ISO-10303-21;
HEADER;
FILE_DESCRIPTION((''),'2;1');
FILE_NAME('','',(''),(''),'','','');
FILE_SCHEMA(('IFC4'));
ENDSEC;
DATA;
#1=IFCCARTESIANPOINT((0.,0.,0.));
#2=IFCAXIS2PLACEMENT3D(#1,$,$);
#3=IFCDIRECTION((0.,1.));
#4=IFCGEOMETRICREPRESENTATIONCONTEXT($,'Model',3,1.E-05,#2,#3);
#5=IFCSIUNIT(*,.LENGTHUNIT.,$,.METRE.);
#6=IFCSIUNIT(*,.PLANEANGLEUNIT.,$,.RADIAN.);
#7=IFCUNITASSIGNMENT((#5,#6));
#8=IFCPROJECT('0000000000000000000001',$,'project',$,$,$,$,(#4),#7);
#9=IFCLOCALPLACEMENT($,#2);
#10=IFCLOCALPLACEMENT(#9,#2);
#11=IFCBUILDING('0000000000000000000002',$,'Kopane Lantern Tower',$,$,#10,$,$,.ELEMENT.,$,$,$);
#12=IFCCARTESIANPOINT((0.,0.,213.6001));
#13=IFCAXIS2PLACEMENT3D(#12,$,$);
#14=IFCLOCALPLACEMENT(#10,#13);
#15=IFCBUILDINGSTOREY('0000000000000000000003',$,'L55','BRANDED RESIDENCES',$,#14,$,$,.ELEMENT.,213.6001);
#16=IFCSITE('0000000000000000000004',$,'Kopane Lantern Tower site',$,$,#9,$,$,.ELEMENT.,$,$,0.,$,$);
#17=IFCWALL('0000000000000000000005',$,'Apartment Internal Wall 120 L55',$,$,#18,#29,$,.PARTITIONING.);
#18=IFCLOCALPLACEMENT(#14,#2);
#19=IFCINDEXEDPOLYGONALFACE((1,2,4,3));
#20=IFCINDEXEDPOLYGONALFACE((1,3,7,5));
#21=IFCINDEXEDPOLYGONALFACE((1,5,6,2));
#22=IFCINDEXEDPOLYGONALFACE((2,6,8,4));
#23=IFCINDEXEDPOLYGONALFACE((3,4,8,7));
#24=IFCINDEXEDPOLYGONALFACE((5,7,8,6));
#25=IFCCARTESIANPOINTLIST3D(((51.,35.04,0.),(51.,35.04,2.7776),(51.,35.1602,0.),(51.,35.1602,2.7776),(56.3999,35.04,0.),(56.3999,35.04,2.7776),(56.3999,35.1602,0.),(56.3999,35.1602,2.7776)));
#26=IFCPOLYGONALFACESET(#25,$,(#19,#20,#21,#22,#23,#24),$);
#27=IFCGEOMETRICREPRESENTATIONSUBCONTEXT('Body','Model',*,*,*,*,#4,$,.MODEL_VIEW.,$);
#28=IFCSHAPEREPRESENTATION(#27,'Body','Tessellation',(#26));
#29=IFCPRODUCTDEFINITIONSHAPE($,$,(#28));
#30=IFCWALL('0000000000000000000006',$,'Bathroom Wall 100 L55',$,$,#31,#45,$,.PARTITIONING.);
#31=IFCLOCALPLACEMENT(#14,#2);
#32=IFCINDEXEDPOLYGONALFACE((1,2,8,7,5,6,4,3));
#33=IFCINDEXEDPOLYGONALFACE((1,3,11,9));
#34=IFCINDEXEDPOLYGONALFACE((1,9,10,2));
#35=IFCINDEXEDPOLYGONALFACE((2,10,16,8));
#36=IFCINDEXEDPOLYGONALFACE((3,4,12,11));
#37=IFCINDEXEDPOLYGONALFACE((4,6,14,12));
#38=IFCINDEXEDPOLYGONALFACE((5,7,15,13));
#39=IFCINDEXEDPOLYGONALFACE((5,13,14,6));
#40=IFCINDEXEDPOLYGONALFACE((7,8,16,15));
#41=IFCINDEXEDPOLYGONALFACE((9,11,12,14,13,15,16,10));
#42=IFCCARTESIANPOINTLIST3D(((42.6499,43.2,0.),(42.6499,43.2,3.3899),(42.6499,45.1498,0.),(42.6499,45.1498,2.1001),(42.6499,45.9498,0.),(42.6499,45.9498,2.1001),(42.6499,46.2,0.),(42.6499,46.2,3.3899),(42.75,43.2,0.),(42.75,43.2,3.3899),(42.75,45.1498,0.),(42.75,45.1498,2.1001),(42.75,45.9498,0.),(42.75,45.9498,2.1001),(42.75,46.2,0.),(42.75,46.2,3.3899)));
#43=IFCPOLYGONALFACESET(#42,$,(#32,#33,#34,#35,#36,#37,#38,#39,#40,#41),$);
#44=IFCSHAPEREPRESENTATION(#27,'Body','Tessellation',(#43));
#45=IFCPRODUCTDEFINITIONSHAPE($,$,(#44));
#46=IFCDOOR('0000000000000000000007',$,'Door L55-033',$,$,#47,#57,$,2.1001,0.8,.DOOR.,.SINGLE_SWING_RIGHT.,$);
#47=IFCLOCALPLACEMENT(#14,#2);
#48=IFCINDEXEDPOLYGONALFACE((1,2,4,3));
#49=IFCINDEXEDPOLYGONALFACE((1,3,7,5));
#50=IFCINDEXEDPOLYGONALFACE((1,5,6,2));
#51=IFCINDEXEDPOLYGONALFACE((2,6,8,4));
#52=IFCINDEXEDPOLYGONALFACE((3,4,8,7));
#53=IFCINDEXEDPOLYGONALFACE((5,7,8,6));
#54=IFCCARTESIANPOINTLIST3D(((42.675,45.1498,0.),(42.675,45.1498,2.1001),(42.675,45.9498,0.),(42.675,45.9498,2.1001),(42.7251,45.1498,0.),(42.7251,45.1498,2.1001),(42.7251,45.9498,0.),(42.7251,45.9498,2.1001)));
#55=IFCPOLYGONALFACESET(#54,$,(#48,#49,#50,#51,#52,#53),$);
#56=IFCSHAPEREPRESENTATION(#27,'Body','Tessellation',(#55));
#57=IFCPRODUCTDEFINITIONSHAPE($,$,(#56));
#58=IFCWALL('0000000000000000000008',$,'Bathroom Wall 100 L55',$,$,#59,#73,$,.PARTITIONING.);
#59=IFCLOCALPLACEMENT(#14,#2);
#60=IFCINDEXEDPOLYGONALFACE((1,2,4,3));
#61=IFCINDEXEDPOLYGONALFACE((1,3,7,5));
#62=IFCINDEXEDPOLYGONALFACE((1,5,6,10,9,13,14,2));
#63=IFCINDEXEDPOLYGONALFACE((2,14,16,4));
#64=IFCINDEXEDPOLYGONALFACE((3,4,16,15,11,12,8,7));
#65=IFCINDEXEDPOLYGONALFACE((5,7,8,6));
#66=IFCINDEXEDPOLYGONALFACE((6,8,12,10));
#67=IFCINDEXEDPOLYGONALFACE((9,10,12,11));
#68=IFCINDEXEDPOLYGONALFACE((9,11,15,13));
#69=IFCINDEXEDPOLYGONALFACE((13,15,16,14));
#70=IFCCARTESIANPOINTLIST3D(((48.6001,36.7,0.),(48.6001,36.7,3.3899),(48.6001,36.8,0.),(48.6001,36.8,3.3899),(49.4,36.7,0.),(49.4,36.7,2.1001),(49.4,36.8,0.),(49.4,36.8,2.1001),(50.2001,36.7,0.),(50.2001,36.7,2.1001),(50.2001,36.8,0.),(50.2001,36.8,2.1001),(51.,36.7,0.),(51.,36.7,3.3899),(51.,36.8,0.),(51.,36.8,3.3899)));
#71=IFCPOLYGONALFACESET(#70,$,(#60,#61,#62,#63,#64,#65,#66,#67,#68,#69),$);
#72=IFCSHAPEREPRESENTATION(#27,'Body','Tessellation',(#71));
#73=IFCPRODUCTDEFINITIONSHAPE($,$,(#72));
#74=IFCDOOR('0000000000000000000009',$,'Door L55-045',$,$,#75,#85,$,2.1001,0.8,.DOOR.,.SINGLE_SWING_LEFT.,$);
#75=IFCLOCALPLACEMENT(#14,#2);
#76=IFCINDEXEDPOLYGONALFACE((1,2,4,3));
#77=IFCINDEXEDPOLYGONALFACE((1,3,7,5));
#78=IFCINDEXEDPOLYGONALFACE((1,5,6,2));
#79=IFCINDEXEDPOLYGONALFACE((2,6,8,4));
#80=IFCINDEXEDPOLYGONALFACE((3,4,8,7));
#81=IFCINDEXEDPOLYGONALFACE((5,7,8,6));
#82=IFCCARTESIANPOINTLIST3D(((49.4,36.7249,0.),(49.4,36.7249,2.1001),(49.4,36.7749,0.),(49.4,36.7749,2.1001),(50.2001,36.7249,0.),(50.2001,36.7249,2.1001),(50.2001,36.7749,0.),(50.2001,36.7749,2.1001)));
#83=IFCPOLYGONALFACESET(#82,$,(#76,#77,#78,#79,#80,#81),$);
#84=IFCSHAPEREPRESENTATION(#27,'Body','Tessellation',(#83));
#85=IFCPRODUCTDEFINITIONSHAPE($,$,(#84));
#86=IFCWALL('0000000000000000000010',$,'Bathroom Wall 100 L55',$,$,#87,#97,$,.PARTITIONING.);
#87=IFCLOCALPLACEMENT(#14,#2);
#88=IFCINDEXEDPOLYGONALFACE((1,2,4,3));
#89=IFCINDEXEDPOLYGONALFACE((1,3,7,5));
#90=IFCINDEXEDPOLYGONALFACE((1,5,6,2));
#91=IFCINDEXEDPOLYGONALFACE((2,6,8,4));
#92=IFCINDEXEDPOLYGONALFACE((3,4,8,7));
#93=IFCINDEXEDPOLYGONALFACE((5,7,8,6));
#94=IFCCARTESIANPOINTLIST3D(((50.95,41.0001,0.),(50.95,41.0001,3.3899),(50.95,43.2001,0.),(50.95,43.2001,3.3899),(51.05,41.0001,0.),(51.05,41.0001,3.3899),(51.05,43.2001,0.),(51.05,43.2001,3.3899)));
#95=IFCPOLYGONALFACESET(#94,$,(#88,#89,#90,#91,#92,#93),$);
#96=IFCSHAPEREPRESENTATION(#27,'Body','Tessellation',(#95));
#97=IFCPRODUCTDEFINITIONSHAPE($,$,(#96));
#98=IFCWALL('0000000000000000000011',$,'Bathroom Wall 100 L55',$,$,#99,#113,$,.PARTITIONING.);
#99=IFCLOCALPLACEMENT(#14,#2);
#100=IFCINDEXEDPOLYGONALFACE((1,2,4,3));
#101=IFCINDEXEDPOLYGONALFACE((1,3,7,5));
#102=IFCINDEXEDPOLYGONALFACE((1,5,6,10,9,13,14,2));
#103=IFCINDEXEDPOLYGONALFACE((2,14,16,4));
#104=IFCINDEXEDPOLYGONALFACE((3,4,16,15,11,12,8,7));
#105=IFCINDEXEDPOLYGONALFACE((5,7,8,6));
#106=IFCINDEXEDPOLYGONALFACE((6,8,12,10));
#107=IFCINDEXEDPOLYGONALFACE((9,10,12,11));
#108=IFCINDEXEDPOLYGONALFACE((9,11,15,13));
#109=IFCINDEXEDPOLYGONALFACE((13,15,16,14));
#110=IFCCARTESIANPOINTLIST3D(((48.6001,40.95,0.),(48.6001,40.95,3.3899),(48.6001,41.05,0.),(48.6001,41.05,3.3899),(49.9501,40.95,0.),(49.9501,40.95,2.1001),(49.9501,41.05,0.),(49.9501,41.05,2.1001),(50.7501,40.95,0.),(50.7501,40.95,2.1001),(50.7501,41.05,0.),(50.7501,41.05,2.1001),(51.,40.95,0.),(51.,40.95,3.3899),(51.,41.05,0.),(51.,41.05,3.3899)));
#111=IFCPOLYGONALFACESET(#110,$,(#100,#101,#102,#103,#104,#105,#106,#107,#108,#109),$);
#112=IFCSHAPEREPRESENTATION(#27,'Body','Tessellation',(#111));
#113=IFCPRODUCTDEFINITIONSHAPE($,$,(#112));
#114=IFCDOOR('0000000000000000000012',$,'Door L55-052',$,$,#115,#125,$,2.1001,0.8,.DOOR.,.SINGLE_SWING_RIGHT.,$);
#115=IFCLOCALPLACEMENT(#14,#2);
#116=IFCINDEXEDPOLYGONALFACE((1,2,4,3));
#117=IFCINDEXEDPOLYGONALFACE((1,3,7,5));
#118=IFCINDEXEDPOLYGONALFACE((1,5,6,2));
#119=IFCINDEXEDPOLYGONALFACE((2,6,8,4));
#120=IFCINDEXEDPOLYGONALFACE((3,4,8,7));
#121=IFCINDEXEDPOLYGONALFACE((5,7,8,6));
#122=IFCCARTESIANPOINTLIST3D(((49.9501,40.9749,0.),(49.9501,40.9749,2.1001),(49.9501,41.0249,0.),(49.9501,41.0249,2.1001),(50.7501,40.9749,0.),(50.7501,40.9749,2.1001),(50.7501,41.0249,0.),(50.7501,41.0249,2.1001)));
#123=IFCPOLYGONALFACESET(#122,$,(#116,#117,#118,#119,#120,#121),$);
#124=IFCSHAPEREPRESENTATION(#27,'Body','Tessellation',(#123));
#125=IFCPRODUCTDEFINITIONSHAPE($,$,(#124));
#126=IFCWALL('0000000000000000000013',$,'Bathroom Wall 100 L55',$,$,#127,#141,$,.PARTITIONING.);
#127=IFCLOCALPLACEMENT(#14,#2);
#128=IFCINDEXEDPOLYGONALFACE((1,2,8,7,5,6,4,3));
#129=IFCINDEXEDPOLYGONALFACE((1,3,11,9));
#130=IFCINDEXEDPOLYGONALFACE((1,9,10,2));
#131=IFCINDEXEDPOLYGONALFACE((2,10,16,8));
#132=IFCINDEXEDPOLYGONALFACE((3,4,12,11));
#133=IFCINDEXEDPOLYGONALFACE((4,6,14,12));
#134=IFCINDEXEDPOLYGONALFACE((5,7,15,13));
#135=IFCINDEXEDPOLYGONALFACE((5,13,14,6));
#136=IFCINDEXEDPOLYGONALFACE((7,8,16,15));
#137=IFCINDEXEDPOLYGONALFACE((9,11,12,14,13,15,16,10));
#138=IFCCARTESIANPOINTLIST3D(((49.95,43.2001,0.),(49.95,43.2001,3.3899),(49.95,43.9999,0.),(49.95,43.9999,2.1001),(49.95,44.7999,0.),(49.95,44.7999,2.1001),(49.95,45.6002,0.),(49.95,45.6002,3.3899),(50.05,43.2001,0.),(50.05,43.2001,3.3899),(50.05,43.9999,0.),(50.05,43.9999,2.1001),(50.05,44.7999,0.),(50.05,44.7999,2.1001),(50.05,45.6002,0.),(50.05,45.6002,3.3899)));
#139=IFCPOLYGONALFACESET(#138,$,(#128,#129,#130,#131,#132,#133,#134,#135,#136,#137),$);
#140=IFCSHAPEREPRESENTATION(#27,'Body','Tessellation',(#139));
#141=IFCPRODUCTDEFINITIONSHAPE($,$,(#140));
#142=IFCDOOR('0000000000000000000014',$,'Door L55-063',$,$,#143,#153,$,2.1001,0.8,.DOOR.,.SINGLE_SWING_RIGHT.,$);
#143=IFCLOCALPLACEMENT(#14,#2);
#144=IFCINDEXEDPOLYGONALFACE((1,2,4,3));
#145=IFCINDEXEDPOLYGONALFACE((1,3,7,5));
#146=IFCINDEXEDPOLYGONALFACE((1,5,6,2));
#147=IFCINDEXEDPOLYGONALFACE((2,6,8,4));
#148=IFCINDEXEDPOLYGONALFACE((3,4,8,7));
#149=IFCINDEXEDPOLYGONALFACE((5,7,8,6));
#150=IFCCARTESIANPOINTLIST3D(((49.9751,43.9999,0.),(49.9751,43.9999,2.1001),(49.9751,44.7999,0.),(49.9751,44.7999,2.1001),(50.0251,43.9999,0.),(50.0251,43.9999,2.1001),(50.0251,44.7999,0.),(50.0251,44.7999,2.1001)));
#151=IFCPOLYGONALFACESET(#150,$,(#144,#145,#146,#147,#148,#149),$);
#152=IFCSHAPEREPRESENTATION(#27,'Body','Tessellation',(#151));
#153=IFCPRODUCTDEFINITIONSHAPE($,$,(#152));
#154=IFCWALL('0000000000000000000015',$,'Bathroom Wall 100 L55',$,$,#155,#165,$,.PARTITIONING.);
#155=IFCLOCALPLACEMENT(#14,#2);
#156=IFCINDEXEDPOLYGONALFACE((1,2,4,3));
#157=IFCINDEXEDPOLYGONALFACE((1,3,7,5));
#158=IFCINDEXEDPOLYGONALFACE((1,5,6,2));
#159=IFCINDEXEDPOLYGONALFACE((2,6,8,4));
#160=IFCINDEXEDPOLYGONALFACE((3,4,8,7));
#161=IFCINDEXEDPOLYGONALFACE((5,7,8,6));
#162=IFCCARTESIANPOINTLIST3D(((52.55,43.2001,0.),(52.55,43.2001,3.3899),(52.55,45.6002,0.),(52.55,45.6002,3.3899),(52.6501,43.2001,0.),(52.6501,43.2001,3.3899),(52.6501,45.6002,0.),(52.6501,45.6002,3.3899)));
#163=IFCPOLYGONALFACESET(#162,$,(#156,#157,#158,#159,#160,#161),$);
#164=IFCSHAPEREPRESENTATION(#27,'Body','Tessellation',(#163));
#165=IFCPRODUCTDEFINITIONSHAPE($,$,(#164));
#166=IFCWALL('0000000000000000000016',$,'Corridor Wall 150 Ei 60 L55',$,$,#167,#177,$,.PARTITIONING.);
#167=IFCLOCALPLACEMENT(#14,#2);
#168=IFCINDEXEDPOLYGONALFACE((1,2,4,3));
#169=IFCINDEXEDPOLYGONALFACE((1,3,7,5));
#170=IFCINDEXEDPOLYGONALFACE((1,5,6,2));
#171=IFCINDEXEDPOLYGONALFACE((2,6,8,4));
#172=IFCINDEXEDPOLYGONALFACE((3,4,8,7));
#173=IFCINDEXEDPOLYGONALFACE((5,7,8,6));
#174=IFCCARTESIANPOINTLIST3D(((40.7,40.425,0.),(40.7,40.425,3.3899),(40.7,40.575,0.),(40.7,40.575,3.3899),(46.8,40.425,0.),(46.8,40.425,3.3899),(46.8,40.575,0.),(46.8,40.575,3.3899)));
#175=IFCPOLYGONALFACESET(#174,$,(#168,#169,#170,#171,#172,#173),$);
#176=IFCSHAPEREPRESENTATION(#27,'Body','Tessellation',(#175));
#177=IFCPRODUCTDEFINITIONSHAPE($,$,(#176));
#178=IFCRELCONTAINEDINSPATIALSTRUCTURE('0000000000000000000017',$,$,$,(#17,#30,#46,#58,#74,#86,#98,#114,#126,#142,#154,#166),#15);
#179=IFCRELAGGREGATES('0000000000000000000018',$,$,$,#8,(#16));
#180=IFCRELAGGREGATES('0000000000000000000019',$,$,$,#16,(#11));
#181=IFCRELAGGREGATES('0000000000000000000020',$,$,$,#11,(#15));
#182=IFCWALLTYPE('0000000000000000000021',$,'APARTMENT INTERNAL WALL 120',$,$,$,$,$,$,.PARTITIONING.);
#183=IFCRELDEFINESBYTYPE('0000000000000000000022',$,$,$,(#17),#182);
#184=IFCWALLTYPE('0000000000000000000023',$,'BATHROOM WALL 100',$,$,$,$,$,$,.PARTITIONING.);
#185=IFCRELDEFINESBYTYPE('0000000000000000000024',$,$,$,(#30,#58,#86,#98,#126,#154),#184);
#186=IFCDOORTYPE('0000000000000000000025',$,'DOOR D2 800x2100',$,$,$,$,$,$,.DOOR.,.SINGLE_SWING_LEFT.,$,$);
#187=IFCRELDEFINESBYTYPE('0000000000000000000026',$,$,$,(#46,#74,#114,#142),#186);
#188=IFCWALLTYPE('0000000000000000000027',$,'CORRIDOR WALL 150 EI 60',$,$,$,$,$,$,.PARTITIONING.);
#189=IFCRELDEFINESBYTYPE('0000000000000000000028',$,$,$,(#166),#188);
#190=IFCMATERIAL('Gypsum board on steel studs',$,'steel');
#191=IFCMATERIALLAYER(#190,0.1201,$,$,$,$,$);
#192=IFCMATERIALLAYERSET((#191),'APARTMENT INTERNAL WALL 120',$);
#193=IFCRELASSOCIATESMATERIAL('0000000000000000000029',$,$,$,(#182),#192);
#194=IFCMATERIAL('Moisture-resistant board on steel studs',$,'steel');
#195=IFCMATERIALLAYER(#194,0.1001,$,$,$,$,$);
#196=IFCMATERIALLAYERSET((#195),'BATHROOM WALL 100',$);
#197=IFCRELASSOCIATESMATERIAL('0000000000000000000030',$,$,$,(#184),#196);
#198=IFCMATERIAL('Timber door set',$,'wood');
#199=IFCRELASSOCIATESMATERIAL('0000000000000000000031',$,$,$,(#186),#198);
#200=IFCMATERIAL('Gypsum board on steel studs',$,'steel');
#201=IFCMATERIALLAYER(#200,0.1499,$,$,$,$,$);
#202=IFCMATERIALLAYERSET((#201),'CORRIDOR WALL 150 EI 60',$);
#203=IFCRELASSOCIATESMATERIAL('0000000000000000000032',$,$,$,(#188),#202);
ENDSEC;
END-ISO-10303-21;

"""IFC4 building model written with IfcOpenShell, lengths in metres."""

from ifc_helpers import new_model, si_unit, direction, frame, frame_2d, origin, place, context, subcontext, project, spatial, rectangle, extrude, material, layer, layer_set, type_object, element, fill, save


model = new_model("IFC4")

# Units and contexts
model_context = context("Model", 3, precision=1e-05, world=origin(), true_north=direction((0.0, 1.0)))
body_context = subcontext(model_context, "Body", "Model", "MODEL_VIEW")
ifc_project = project(units=[si_unit("LENGTHUNIT", "METRE"), si_unit("PLANEANGLEUNIT", "RADIAN")], contexts=[model_context])

# Site, building, storey
site_placement = place(None, origin())
site = spatial("IfcSite", under=ifc_project, at=site_placement, Name="Kopane Lantern Tower site", CompositionType="ELEMENT", RefElevation=0.0)
building_placement = place(site_placement, origin())
building = spatial("IfcBuilding", under=site, at=building_placement, Name="Kopane Lantern Tower", CompositionType="ELEMENT")
storey_placement = place(building_placement, frame((0.0, 0.0, 213.6001)))
storey = spatial("IfcBuildingStorey", under=building, at=storey_placement, Name="L55", Description="BRANDED RESIDENCES", CompositionType="ELEMENT", Elevation=213.6001)

# Wall
ifc_material_1 = material(Name="Gypsum board on steel studs", Category="steel")
ifc_layer_1 = layer(ifc_material_1, 0.1201)
ifc_layer_set_1 = layer_set([ifc_layer_1], Name="APARTMENT INTERNAL WALL 120")
wall_type_1 = type_object("IfcWallType", Name="APARTMENT INTERNAL WALL 120", PredefinedType="PARTITIONING", material=ifc_layer_set_1)
wall_1_placement = place(storey_placement, frame((51.0, 35.1001, 0.0), z_axis=(0.0, 0.0, 1.0), x_axis=(1.0, 0.0, 0.0)))
element("IfcWall", 1, at=wall_1_placement, inside=storey, type_object=wall_type_1, Name="Apartment Internal Wall 120 L55", PredefinedType="PARTITIONING", context=body_context, shape_type="SweptSolid", body=[
    extrude(rectangle(XDim=5.3999, YDim=0.1201, at=frame_2d((2.7, 0.0))), origin(), (0.0, 0.0, 1.0), 2.7776),
])

# Walls, openings, doors
ifc_material_2 = material(Name="Moisture-resistant board on steel studs", Category="steel")
ifc_layer_2 = layer(ifc_material_2, 0.1001)
ifc_layer_set_2 = layer_set([ifc_layer_2], Name="BATHROOM WALL 100")
wall_type_2 = type_object("IfcWallType", Name="BATHROOM WALL 100", PredefinedType="PARTITIONING", material=ifc_layer_set_2)
wall_2_placement = place(storey_placement, frame((42.7, 43.2, 0.0), z_axis=(0.0, 0.0, 1.0), x_axis=(0.0, 1.0, 0.0)))
wall_2 = element("IfcWall", 2, at=wall_2_placement, inside=storey, type_object=wall_type_2, Name="Bathroom Wall 100 L55", PredefinedType="PARTITIONING", context=body_context, shape_type="SweptSolid", body=[
    extrude(rectangle(XDim=3.0, YDim=0.1001, at=frame_2d((1.5, 0.0))), origin(), (0.0, 0.0, 1.0), 3.3899),
])
opening_1_placement = place(wall_2_placement, frame((1.95, 0.0, 0.0)))
opening_1 = element("IfcOpeningElement", 3, at=opening_1_placement, cuts=wall_2, PredefinedType="OPENING", context=body_context, shape_type="SweptSolid", body=[
    extrude(rectangle(XDim=0.8, YDim=2.1001, at=frame_2d((0.3999, 1.05))), frame((0.0, 0.0601, 0.0), z_axis=(0.0, -1.0, 0.0), x_axis=(1.0, 0.0, 0.0)), (0.0, 0.0, 1.0), 0.1201),
])
ifc_material_3 = material(Name="Timber door set", Category="wood")
door_type = type_object("IfcDoorType", Name="DOOR D2 800x2100", OperationType="SINGLE_SWING_LEFT", PredefinedType="DOOR", material=ifc_material_3)
door_1_placement = place(opening_1_placement, origin())
door_1 = element("IfcDoor", 4, at=door_1_placement, inside=storey, type_object=door_type, Name="Door L55-033", OperationType="SINGLE_SWING_RIGHT", OverallHeight=2.1001, OverallWidth=0.8, PredefinedType="DOOR", context=body_context, shape_type="SweptSolid", body=[
    extrude(rectangle(XDim=0.8, YDim=2.1001, at=frame_2d((0.3999, 1.05))), frame((0.0, 0.0249, 0.0), z_axis=(0.0, -1.0, 0.0), x_axis=(1.0, 0.0, 0.0)), (0.0, 0.0, 1.0), 0.05),
])
fill(opening_1, door_1)
wall_3_placement = place(storey_placement, frame((48.6001, 36.75, 0.0), z_axis=(0.0, 0.0, 1.0), x_axis=(1.0, 0.0, 0.0)))
wall_3 = element("IfcWall", 5, at=wall_3_placement, inside=storey, type_object=wall_type_2, Name="Bathroom Wall 100 L55", PredefinedType="PARTITIONING", context=body_context, shape_type="SweptSolid", body=[
    extrude(rectangle(XDim=2.3999, YDim=0.1001, at=frame_2d((1.2, 0.0))), origin(), (0.0, 0.0, 1.0), 3.3899),
])
opening_2_placement = place(wall_3_placement, frame((0.8, 0.0, 0.0)))
opening_2 = element("IfcOpeningElement", 6, at=opening_2_placement, cuts=wall_3, PredefinedType="OPENING", context=body_context, shape_type="SweptSolid", body=[
    extrude(rectangle(XDim=0.8, YDim=2.1001, at=frame_2d((0.3999, 1.05))), frame((0.0, 0.0601, 0.0), z_axis=(0.0, -1.0, 0.0), x_axis=(1.0, 0.0, 0.0)), (0.0, 0.0, 1.0), 0.1201),
])
door_2_placement = place(opening_2_placement, origin())
door_2 = element("IfcDoor", 7, at=door_2_placement, inside=storey, type_object=door_type, Name="Door L55-045", OperationType="SINGLE_SWING_LEFT", OverallHeight=2.1001, OverallWidth=0.8, PredefinedType="DOOR", context=body_context, shape_type="SweptSolid", body=[
    extrude(rectangle(XDim=0.8, YDim=2.1001, at=frame_2d((0.3999, 1.05))), frame((0.0, 0.0249, 0.0), z_axis=(0.0, -1.0, 0.0), x_axis=(1.0, 0.0, 0.0)), (0.0, 0.0, 1.0), 0.05),
])
fill(opening_2, door_2)

# Wall
wall_4_placement = place(storey_placement, frame((51.0, 41.0, 0.0), z_axis=(0.0, 0.0, 1.0), x_axis=(0.0, 1.0, 0.0)))
element("IfcWall", 8, at=wall_4_placement, inside=storey, type_object=wall_type_2, Name="Bathroom Wall 100 L55", PredefinedType="PARTITIONING", context=body_context, shape_type="SweptSolid", body=[
    extrude(rectangle(XDim=2.2, YDim=0.1001, at=frame_2d((1.1001, 0.0))), origin(), (0.0, 0.0, 1.0), 3.3899),
])

# Walls, openings, doors
wall_5_placement = place(storey_placement, frame((48.6001, 41.0, 0.0), z_axis=(0.0, 0.0, 1.0), x_axis=(1.0, 0.0, 0.0)))
wall_5 = element("IfcWall", 9, at=wall_5_placement, inside=storey, type_object=wall_type_2, Name="Bathroom Wall 100 L55", PredefinedType="PARTITIONING", context=body_context, shape_type="SweptSolid", body=[
    extrude(rectangle(XDim=2.3999, YDim=0.1001, at=frame_2d((1.2, 0.0))), origin(), (0.0, 0.0, 1.0), 3.3899),
])
opening_3_placement = place(wall_5_placement, frame((1.3501, 0.0, 0.0)))
opening_3 = element("IfcOpeningElement", 10, at=opening_3_placement, cuts=wall_5, PredefinedType="OPENING", context=body_context, shape_type="SweptSolid", body=[
    extrude(rectangle(XDim=0.8, YDim=2.1001, at=frame_2d((0.3999, 1.05))), frame((0.0, 0.0601, 0.0), z_axis=(0.0, -1.0, 0.0), x_axis=(1.0, 0.0, 0.0)), (0.0, 0.0, 1.0), 0.1201),
])
door_3_placement = place(opening_3_placement, origin())
door_3 = element("IfcDoor", 11, at=door_3_placement, inside=storey, type_object=door_type, Name="Door L55-052", OperationType="SINGLE_SWING_RIGHT", OverallHeight=2.1001, OverallWidth=0.8, PredefinedType="DOOR", context=body_context, shape_type="SweptSolid", body=[
    extrude(rectangle(XDim=0.8, YDim=2.1001, at=frame_2d((0.3999, 1.05))), frame((0.0, 0.0249, 0.0), z_axis=(0.0, -1.0, 0.0), x_axis=(1.0, 0.0, 0.0)), (0.0, 0.0, 1.0), 0.05),
])
fill(opening_3, door_3)
wall_6_placement = place(storey_placement, frame((50.0, 43.2, 0.0), z_axis=(0.0, 0.0, 1.0), x_axis=(0.0, 1.0, 0.0)))
wall_6 = element("IfcWall", 12, at=wall_6_placement, inside=storey, type_object=wall_type_2, Name="Bathroom Wall 100 L55", PredefinedType="PARTITIONING", context=body_context, shape_type="SweptSolid", body=[
    extrude(rectangle(XDim=2.4001, YDim=0.1001, at=frame_2d((1.2002, 0.0))), origin(), (0.0, 0.0, 1.0), 3.3899),
])
opening_4_placement = place(wall_6_placement, frame((0.8, 0.0, 0.0)))
opening_4 = element("IfcOpeningElement", 13, at=opening_4_placement, cuts=wall_6, PredefinedType="OPENING", context=body_context, shape_type="SweptSolid", body=[
    extrude(rectangle(XDim=0.8, YDim=2.1001, at=frame_2d((0.3999, 1.05))), frame((0.0, 0.0601, 0.0), z_axis=(0.0, -1.0, 0.0), x_axis=(1.0, 0.0, 0.0)), (0.0, 0.0, 1.0), 0.1201),
])
door_4_placement = place(opening_4_placement, origin())
door_4 = element("IfcDoor", 14, at=door_4_placement, inside=storey, type_object=door_type, Name="Door L55-063", OperationType="SINGLE_SWING_RIGHT", OverallHeight=2.1001, OverallWidth=0.8, PredefinedType="DOOR", context=body_context, shape_type="SweptSolid", body=[
    extrude(rectangle(XDim=0.8, YDim=2.1001, at=frame_2d((0.3999, 1.05))), frame((0.0, 0.0249, 0.0), z_axis=(0.0, -1.0, 0.0), x_axis=(1.0, 0.0, 0.0)), (0.0, 0.0, 1.0), 0.05),
])
fill(opening_4, door_4)

# Walls
wall_7_placement = place(storey_placement, frame((52.6001, 43.2, 0.0), z_axis=(0.0, 0.0, 1.0), x_axis=(0.0, 1.0, 0.0)))
element("IfcWall", 15, at=wall_7_placement, inside=storey, type_object=wall_type_2, Name="Bathroom Wall 100 L55", PredefinedType="PARTITIONING", context=body_context, shape_type="SweptSolid", body=[
    extrude(rectangle(XDim=2.4001, YDim=0.1001, at=frame_2d((1.2002, 0.0))), origin(), (0.0, 0.0, 1.0), 3.3899),
])
ifc_material_4 = material(Name="Gypsum board on steel studs", Category="steel")
ifc_layer_3 = layer(ifc_material_4, 0.1499)
ifc_layer_set_3 = layer_set([ifc_layer_3], Name="CORRIDOR WALL 150 EI 60")
wall_type_3 = type_object("IfcWallType", Name="CORRIDOR WALL 150 EI 60", PredefinedType="PARTITIONING", material=ifc_layer_set_3)
wall_8_placement = place(storey_placement, frame((46.8, 40.5, 0.0), z_axis=(0.0, 0.0, 1.0), x_axis=(-1.0, 0.0, 0.0)))
element("IfcWall", 16, at=wall_8_placement, inside=storey, type_object=wall_type_3, Name="Corridor Wall 150 Ei 60 L55", PredefinedType="PARTITIONING", context=body_context, shape_type="SweptSolid", body=[
    extrude(rectangle(XDim=6.1001, YDim=0.1499, at=frame_2d((3.05, 0.0))), origin(), (0.0, 0.0, 1.0), 3.3899),
])

save(model, "model.ifc")
